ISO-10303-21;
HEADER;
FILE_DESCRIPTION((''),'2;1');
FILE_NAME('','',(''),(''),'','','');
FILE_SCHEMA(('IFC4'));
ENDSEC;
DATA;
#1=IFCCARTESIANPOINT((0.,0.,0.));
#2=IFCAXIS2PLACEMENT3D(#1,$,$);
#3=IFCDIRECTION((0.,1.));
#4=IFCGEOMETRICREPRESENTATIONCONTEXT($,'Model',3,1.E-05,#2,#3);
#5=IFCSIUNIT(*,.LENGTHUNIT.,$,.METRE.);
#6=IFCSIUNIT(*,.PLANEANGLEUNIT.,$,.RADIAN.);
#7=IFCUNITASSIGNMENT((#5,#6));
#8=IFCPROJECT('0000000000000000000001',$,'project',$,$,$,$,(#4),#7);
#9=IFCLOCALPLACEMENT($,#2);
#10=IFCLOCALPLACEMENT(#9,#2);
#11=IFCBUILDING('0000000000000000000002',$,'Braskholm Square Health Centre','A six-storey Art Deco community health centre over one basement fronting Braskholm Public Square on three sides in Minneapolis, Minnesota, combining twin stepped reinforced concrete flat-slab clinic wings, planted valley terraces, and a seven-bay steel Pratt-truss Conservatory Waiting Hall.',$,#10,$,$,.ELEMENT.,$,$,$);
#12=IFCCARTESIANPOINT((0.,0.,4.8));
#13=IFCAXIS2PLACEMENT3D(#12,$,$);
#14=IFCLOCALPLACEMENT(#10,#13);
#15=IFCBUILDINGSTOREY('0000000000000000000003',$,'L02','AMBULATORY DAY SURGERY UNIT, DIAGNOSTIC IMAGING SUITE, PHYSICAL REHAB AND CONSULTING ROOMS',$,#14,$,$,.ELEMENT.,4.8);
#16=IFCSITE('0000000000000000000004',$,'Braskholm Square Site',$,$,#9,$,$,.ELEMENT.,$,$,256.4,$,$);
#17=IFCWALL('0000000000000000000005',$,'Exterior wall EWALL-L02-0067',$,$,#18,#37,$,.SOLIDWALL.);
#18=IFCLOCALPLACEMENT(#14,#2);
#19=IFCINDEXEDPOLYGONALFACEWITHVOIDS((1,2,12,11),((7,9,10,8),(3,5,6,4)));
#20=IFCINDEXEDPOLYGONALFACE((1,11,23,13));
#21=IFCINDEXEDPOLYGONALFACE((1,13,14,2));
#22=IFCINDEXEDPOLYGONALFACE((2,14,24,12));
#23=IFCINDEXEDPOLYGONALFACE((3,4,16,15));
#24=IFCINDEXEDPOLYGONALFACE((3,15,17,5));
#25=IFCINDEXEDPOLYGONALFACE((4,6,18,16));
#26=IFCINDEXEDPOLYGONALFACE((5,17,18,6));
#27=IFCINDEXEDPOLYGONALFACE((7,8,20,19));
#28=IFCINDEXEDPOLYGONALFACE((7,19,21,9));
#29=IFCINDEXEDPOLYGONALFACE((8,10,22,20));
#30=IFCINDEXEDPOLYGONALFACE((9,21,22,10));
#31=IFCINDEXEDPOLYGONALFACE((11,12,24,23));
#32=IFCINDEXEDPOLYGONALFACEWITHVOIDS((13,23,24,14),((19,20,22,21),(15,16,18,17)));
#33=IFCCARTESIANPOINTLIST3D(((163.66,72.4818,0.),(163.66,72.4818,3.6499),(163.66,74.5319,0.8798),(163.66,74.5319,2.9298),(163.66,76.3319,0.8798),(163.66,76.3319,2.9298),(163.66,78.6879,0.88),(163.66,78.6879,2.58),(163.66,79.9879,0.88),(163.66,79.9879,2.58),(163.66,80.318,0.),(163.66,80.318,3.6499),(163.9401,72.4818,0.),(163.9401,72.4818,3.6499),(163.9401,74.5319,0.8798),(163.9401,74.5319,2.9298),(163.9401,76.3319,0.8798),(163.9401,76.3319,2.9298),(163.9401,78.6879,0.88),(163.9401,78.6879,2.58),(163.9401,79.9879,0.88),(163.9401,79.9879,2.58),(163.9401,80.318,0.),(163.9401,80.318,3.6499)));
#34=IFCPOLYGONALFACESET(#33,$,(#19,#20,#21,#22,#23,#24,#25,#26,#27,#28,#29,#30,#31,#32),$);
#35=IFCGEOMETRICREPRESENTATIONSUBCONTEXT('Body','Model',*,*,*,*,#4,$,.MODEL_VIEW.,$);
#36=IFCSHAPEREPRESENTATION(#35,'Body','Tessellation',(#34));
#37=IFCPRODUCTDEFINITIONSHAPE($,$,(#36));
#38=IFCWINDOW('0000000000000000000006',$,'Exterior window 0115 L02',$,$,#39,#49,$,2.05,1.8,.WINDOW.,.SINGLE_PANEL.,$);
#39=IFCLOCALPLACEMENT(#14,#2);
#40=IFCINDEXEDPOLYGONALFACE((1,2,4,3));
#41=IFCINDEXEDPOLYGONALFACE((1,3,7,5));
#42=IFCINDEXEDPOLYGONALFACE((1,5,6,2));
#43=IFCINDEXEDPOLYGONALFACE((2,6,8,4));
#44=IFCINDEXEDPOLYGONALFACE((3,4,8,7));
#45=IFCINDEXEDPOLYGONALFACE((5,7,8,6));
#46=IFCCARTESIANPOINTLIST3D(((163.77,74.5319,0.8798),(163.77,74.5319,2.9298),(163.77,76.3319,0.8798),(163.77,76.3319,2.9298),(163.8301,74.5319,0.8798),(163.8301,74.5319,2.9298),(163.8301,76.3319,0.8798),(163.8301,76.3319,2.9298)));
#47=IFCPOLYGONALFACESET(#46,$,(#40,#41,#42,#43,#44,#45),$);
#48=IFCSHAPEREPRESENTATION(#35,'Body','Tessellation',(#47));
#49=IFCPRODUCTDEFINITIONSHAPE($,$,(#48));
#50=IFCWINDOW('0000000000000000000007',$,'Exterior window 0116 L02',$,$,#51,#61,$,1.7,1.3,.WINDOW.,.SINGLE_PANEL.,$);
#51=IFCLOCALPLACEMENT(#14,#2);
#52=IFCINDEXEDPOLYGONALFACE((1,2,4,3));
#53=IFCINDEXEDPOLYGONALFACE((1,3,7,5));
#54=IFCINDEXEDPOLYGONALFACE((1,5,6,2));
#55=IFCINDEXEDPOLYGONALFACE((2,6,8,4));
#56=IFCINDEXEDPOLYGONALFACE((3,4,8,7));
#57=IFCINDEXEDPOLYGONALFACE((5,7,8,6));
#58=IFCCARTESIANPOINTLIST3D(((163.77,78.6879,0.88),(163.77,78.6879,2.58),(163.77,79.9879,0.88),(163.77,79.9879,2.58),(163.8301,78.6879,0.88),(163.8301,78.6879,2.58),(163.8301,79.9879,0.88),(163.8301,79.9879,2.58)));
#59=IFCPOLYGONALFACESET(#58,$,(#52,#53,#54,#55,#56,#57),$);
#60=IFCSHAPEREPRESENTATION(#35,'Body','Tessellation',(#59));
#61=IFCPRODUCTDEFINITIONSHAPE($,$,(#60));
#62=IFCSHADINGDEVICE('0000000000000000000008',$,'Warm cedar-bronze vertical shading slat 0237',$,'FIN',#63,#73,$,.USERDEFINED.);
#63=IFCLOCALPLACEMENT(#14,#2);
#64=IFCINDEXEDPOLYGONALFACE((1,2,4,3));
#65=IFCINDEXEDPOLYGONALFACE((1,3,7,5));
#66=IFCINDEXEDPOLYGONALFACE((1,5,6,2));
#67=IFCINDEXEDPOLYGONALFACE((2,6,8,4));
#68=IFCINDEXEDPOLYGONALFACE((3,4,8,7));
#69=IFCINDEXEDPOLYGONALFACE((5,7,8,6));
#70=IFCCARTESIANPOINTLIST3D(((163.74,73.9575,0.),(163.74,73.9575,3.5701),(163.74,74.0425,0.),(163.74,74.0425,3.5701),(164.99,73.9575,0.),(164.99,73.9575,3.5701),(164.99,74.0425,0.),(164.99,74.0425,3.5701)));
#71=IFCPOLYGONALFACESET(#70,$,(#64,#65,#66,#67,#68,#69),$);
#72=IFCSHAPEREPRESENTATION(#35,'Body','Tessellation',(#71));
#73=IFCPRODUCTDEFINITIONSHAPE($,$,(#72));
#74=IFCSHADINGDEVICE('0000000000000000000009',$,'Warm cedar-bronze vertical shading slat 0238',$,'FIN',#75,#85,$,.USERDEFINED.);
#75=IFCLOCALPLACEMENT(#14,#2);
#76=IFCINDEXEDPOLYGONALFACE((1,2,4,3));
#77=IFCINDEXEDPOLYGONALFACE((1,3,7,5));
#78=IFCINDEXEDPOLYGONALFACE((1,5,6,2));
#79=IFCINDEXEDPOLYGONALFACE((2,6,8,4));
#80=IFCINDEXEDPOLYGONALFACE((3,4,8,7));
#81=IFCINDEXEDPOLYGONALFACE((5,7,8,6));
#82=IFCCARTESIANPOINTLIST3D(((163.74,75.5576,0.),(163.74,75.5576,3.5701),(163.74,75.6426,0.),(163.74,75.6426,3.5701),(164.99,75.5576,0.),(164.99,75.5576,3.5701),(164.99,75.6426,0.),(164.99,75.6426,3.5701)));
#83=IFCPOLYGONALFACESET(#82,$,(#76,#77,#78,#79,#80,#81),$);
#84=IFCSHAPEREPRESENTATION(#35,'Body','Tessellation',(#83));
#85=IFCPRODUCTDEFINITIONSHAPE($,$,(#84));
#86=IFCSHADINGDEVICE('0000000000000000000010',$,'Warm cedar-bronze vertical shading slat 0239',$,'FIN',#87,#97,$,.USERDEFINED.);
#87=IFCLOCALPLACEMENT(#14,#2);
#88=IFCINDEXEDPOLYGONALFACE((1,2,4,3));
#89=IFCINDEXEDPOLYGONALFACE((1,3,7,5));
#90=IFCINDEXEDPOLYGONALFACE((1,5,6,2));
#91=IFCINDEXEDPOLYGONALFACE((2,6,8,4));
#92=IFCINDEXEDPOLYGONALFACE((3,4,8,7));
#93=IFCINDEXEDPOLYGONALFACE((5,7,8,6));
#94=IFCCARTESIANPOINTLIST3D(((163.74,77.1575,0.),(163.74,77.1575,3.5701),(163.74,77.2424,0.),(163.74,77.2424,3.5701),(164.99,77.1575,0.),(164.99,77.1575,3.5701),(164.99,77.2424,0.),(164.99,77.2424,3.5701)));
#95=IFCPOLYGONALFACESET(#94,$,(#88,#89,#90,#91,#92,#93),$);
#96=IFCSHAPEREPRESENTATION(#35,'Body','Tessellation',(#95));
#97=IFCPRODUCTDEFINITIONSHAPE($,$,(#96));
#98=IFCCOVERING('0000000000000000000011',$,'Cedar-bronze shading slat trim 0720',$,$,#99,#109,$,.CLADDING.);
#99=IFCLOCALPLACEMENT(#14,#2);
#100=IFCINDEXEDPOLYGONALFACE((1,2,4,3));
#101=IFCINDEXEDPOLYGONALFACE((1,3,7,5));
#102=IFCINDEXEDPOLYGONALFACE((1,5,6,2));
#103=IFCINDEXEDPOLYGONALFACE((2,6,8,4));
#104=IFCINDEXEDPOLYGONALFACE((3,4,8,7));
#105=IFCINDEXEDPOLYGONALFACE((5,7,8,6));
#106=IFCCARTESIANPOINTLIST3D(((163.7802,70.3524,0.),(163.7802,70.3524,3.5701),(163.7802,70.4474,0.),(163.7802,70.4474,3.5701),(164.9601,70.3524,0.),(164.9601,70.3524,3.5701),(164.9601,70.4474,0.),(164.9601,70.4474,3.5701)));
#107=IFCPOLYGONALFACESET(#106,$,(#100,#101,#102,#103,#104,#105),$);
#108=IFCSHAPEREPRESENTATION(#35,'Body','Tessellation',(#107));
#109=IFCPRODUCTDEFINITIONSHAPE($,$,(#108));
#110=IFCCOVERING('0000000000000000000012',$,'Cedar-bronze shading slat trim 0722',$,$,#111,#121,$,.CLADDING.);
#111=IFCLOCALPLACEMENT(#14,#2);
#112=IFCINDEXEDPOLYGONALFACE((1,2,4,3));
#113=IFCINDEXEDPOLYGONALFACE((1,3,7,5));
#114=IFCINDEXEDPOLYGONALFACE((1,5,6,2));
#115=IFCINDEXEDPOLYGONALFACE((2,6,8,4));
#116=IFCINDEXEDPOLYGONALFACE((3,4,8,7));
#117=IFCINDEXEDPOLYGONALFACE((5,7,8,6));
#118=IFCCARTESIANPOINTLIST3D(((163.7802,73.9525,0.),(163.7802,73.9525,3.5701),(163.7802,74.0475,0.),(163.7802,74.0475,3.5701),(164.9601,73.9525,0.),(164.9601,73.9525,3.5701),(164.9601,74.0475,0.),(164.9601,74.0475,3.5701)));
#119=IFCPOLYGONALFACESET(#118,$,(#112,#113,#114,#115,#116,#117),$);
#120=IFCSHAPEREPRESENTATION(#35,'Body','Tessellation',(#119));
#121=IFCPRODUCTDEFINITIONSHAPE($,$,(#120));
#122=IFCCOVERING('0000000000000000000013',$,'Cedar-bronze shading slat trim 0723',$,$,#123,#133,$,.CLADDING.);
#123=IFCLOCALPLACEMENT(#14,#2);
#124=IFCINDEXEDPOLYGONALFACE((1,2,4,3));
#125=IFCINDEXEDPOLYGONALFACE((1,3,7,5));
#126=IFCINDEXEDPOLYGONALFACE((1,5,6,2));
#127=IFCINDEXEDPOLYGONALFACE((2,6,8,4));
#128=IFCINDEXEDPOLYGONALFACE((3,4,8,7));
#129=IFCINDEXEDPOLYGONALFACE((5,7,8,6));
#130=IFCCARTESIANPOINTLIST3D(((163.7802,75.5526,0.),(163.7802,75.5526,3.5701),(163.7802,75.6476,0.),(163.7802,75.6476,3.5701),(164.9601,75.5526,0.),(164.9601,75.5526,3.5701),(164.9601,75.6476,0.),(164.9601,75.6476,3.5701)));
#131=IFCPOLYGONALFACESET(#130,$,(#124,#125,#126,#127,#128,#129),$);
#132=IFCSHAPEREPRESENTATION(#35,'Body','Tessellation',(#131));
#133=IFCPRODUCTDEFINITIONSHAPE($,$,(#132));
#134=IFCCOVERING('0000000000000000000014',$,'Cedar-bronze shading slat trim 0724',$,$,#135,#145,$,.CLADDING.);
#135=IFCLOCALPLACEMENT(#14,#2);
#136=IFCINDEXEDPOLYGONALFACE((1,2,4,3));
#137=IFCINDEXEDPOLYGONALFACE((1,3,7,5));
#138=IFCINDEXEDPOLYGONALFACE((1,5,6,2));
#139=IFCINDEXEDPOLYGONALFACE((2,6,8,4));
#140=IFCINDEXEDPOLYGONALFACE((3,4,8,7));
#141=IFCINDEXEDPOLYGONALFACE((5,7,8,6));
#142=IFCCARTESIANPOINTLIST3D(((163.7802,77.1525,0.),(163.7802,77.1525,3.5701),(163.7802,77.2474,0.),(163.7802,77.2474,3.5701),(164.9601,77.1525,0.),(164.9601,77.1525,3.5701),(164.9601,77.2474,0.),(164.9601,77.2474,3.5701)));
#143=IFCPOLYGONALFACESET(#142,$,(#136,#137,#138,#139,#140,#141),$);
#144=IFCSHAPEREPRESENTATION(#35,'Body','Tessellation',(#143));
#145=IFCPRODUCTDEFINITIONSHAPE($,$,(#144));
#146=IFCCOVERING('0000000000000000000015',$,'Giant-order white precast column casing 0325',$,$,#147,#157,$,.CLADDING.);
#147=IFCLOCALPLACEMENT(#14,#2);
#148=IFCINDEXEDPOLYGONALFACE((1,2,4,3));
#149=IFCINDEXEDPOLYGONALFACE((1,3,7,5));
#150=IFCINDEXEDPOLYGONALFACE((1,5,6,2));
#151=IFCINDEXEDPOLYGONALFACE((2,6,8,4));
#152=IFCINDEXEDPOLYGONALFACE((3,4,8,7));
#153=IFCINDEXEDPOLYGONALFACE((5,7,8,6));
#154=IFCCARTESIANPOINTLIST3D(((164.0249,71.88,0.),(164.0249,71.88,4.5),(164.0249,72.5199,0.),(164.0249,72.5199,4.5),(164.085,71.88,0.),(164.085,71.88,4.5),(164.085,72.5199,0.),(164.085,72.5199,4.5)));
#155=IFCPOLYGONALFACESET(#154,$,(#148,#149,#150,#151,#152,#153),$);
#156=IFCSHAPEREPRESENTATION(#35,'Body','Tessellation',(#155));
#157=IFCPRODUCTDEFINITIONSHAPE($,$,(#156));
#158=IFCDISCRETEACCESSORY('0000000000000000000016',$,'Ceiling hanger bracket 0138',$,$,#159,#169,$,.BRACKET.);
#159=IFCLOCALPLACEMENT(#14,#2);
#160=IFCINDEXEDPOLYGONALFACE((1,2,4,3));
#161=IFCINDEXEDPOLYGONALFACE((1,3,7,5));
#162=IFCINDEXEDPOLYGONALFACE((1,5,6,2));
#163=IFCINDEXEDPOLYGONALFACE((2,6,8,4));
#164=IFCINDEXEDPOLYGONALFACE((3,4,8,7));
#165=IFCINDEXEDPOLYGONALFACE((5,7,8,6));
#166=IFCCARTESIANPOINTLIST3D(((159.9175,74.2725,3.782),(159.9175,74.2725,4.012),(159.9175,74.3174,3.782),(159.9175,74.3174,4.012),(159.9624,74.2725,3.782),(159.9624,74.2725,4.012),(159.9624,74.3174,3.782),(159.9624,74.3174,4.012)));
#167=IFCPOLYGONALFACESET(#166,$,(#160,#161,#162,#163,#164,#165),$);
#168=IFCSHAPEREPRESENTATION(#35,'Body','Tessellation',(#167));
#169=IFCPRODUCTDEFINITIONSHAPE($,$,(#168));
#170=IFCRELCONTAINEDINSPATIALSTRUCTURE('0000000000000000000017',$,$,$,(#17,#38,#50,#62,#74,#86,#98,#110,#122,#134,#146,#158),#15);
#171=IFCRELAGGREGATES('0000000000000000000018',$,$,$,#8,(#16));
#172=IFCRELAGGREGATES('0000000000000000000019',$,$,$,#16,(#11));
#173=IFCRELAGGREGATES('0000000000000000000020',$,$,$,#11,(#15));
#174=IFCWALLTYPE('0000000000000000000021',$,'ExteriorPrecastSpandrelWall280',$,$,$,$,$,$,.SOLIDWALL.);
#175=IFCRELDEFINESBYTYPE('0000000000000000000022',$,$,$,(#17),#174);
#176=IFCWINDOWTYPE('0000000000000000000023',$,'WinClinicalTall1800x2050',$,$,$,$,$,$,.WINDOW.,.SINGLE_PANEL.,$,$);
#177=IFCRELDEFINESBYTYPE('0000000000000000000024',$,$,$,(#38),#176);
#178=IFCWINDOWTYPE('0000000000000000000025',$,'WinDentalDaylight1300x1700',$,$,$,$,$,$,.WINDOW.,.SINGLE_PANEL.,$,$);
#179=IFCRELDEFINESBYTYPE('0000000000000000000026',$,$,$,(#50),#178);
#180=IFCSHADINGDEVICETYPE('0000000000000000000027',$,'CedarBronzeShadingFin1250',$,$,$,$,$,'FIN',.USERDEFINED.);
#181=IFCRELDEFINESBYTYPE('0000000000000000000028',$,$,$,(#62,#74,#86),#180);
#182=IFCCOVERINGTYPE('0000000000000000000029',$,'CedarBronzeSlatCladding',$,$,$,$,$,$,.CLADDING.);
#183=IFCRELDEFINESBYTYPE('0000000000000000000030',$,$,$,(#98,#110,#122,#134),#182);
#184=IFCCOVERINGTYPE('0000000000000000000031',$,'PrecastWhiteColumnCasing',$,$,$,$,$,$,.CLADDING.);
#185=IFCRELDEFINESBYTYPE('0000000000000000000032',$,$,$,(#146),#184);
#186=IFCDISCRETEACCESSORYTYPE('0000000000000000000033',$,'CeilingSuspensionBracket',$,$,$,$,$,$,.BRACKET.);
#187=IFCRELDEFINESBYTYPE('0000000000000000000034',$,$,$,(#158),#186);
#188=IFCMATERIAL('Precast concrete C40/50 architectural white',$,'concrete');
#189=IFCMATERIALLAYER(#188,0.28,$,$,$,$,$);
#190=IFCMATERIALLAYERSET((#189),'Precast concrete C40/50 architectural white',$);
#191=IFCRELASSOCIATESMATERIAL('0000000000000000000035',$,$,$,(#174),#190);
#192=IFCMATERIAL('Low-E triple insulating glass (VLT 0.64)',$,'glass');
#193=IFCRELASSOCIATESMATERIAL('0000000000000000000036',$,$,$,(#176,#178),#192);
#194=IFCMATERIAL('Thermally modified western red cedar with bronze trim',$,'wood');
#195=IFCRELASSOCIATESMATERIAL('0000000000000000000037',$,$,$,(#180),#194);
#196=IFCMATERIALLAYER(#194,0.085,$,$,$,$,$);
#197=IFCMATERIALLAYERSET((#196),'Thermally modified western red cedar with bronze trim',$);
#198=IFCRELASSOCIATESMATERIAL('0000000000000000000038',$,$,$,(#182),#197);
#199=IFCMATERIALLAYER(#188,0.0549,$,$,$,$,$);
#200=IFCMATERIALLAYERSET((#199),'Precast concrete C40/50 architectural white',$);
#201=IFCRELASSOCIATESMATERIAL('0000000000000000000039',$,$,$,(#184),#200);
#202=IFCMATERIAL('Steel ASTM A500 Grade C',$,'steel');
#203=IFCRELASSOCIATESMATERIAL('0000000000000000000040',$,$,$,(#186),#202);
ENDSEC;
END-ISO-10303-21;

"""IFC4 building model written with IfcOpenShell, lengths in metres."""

from ifc_helpers import new_model, si_unit, direction, frame, frame_2d, origin, origin_with_axes, origin_2d, place, context, subcontext, project, spatial, rectangle, extrude, material, layer, layer_set, type_object, element, fill, save


model = new_model("IFC4")

# Units and contexts
model_context = context("Model", 3, precision=1e-05, world=origin(), true_north=direction((0.0, 1.0)))
body_context = subcontext(model_context, "Body", "Model", "MODEL_VIEW")
ifc_project = project(units=[si_unit("LENGTHUNIT", "METRE"), si_unit("PLANEANGLEUNIT", "RADIAN")], contexts=[model_context])

# Site, building, storey
site_placement = place(None, origin())
site = spatial("IfcSite", under=ifc_project, at=site_placement, Name="Braskholm Square Site", CompositionType="ELEMENT", RefElevation=256.4)
building_placement = place(site_placement, origin())
building = spatial("IfcBuilding", under=site, at=building_placement, Name="Braskholm Square Health Centre", Description="A six-storey Art Deco community health centre over one basement fronting Braskholm Public Square on three sides in Minneapolis, Minnesota, combining twin stepped reinforced concrete flat-slab clinic wings, planted valley terraces, and a seven-bay steel Pratt-truss Conservatory Waiting Hall.", CompositionType="ELEMENT")
storey_placement = place(building_placement, frame((0.0, 0.0, 4.8)))
storey = spatial("IfcBuildingStorey", under=building, at=storey_placement, Name="L02", Description="AMBULATORY DAY SURGERY UNIT, DIAGNOSTIC IMAGING SUITE, PHYSICAL REHAB AND CONSULTING ROOMS", CompositionType="ELEMENT", Elevation=4.8)

# Shared definitions
ifc_material_1 = material(Name="Precast concrete C40/50 architectural white", Category="concrete")

# Shared definitions
ifc_material_2 = material(Name="Low-E triple insulating glass (VLT 0.64)", Category="glass")

# Wall, openings, windows
ifc_layer_1 = layer(ifc_material_1, 0.28)
ifc_layer_set_1 = layer_set([ifc_layer_1], Name="Precast concrete C40/50 architectural white")
wall_type_1 = type_object("IfcWallType", Name="ExteriorPrecastSpandrelWall280", PredefinedType="SOLIDWALL", material=ifc_layer_set_1)
wall_1_placement = place(storey_placement, frame((163.8, 72.4819, 0.0), z_axis=(0.0, 0.0, 1.0), x_axis=(0.0, 1.0, 0.0)))
wall_1 = element("IfcWall", 1, at=wall_1_placement, inside=storey, type_object=wall_type_1, Name="Exterior wall EWALL-L02-0067", PredefinedType="SOLIDWALL", context=body_context, shape_type="SweptSolid", body=[
    extrude(rectangle(XDim=7.8362, YDim=0.28, at=frame_2d((3.918, 0.0))), origin(), (0.0, 0.0, 1.0), 3.6499),
])
opening_1_placement = place(wall_1_placement, frame((2.05, 0.0, 0.8799)))
opening_1 = element("IfcOpeningElement", 2, at=opening_1_placement, cuts=wall_1, PredefinedType="OPENING", context=body_context, shape_type="SweptSolid", body=[
    extrude(rectangle(XDim=1.8, YDim=2.05, at=frame_2d((0.8999, 1.0249))), frame((0.0, 0.1499, 0.0), z_axis=(0.0, -1.0, 0.0), x_axis=(1.0, 0.0, 0.0)), (0.0, 0.0, 1.0), 0.3),
])
opening_2_placement = place(wall_1_placement, frame((6.2061, 0.0, 0.8799)))
opening_2 = element("IfcOpeningElement", 3, at=opening_2_placement, cuts=wall_1, PredefinedType="OPENING", context=body_context, shape_type="SweptSolid", body=[
    extrude(rectangle(XDim=1.3, YDim=1.7, at=frame_2d((0.6499, 0.8501))), frame((0.0, 0.1499, 0.0), z_axis=(0.0, -1.0, 0.0), x_axis=(1.0, 0.0, 0.0)), (0.0, 0.0, 1.0), 0.3),
])
window_type_1 = type_object("IfcWindowType", Name="WinClinicalTall1800x2050", PartitioningType="SINGLE_PANEL", PredefinedType="WINDOW", material=ifc_material_2)
window_1_placement = place(opening_1_placement, origin_with_axes())
window_1 = element("IfcWindow", 4, at=window_1_placement, inside=storey, type_object=window_type_1, Name="Exterior window 0115 L02", OverallHeight=2.05, OverallWidth=1.8, PartitioningType="SINGLE_PANEL", PredefinedType="WINDOW", context=body_context, shape_type="SweptSolid", body=[
    extrude(rectangle(XDim=1.8, YDim=2.05, at=frame_2d((0.8999, 1.0249))), frame((0.0, 0.03, 0.0), z_axis=(0.0, -1.0, 0.0), x_axis=(1.0, 0.0, 0.0)), (0.0, 0.0, 1.0), 0.0601),
])
fill(opening_1, window_1)
window_type_2 = type_object("IfcWindowType", Name="WinDentalDaylight1300x1700", PartitioningType="SINGLE_PANEL", PredefinedType="WINDOW", material=ifc_material_2)
window_2_placement = place(opening_2_placement, origin_with_axes())
window_2 = element("IfcWindow", 5, at=window_2_placement, inside=storey, type_object=window_type_2, Name="Exterior window 0116 L02", OverallHeight=1.7, OverallWidth=1.3, PartitioningType="SINGLE_PANEL", PredefinedType="WINDOW", context=body_context, shape_type="SweptSolid", body=[
    extrude(rectangle(XDim=1.3, YDim=1.7, at=frame_2d((0.6499, 0.8501))), frame((0.0, 0.03, 0.0), z_axis=(0.0, -1.0, 0.0), x_axis=(1.0, 0.0, 0.0)), (0.0, 0.0, 1.0), 0.0601),
])
fill(opening_2, window_2)

# Shading devices
ifc_material_3 = material(Name="Thermally modified western red cedar with bronze trim", Category="wood")
shading_device_type = type_object("IfcShadingDeviceType", Name="CedarBronzeShadingFin1250", ElementType="FIN", PredefinedType="USERDEFINED", material=ifc_material_3)
for number, where, z_axis, x_axis, name in (
    (6, (164.365, 74.0, 0.0), (0.0, 0.0, 1.0), (1.0, 0.0, 0.0), "Warm cedar-bronze vertical shading slat 0237"),
    (7, (164.365, 75.6001, 0.0), (0.0, 0.0, 1.0), (1.0, 0.0, 0.0), "Warm cedar-bronze vertical shading slat 0238"),
    (8, (164.365, 77.2, 0.0), (0.0, 0.0, 1.0), (1.0, 0.0, 0.0), "Warm cedar-bronze vertical shading slat 0239"),
):
    element("IfcShadingDevice", number, at=place(storey_placement, frame(where, z_axis=z_axis, x_axis=x_axis)), inside=storey, type_object=shading_device_type, Name=name, ObjectType="FIN", PredefinedType="USERDEFINED", context=body_context, shape_type="SweptSolid", body=[
        extrude(rectangle(XDim=1.25, YDim=0.085, at=origin_2d()), origin(), (0.0, 0.0, 1.0), 3.5701),
    ])

# Coverings
ifc_layer_2 = layer(ifc_material_3, 0.085)
ifc_layer_set_2 = layer_set([ifc_layer_2], Name="Thermally modified western red cedar with bronze trim")
covering_type_1 = type_object("IfcCoveringType", Name="CedarBronzeSlatCladding", PredefinedType="CLADDING", material=ifc_layer_set_2)
for number, where, z_axis, x_axis, name in (
    (9, (164.3701, 70.3999, 0.0), (0.0, 0.0, 1.0), (1.0, 0.0, 0.0), "Cedar-bronze shading slat trim 0720"),
    (10, (164.3701, 74.0, 0.0), (0.0, 0.0, 1.0), (1.0, 0.0, 0.0), "Cedar-bronze shading slat trim 0722"),
    (11, (164.3701, 75.6001, 0.0), (0.0, 0.0, 1.0), (1.0, 0.0, 0.0), "Cedar-bronze shading slat trim 0723"),
    (12, (164.3701, 77.2, 0.0), (0.0, 0.0, 1.0), (1.0, 0.0, 0.0), "Cedar-bronze shading slat trim 0724"),
):
    element("IfcCovering", number, at=place(storey_placement, frame(where, z_axis=z_axis, x_axis=x_axis)), inside=storey, type_object=covering_type_1, Name=name, PredefinedType="CLADDING", context=body_context, shape_type="SweptSolid", body=[
        extrude(rectangle(XDim=1.1799, YDim=0.095, at=origin_2d()), origin(), (0.0, 0.0, 1.0), 3.5701),
    ])
ifc_layer_3 = layer(ifc_material_1, 0.0549)
ifc_layer_set_3 = layer_set([ifc_layer_3], Name="Precast concrete C40/50 architectural white")
covering_type_2 = type_object("IfcCoveringType", Name="PrecastWhiteColumnCasing", PredefinedType="CLADDING", material=ifc_layer_set_3)
covering_placement = place(storey_placement, frame((164.0549, 72.2, 0.0), z_axis=(0.0, 0.0, 1.0), x_axis=(1.0, 0.0, 0.0)))
element("IfcCovering", 13, at=covering_placement, inside=storey, type_object=covering_type_2, Name="Giant-order white precast column casing 0325", PredefinedType="CLADDING", context=body_context, shape_type="SweptSolid", body=[
    extrude(rectangle(XDim=0.0601, YDim=0.6399, at=origin_2d()), origin(), (0.0, 0.0, 1.0), 4.5),
])

# Discrete accessory
ifc_material_4 = material(Name="Steel ASTM A500 Grade C", Category="steel")
discrete_accessory_type = type_object("IfcDiscreteAccessoryType", Name="CeilingSuspensionBracket", PredefinedType="BRACKET", material=ifc_material_4)
discrete_accessory_placement = place(storey_placement, frame((159.9399, 74.2949, 3.782), z_axis=(0.0, 0.0, 1.0), x_axis=(1.0, 0.0, 0.0)))
element("IfcDiscreteAccessory", 14, at=discrete_accessory_placement, inside=storey, type_object=discrete_accessory_type, Name="Ceiling hanger bracket 0138", PredefinedType="BRACKET", context=body_context, shape_type="SweptSolid", body=[
    extrude(rectangle(XDim=0.0449, YDim=0.0449, at=origin_2d()), origin(), (0.0, 0.0, 1.0), 0.23),
])

save(model, "model.ifc")
